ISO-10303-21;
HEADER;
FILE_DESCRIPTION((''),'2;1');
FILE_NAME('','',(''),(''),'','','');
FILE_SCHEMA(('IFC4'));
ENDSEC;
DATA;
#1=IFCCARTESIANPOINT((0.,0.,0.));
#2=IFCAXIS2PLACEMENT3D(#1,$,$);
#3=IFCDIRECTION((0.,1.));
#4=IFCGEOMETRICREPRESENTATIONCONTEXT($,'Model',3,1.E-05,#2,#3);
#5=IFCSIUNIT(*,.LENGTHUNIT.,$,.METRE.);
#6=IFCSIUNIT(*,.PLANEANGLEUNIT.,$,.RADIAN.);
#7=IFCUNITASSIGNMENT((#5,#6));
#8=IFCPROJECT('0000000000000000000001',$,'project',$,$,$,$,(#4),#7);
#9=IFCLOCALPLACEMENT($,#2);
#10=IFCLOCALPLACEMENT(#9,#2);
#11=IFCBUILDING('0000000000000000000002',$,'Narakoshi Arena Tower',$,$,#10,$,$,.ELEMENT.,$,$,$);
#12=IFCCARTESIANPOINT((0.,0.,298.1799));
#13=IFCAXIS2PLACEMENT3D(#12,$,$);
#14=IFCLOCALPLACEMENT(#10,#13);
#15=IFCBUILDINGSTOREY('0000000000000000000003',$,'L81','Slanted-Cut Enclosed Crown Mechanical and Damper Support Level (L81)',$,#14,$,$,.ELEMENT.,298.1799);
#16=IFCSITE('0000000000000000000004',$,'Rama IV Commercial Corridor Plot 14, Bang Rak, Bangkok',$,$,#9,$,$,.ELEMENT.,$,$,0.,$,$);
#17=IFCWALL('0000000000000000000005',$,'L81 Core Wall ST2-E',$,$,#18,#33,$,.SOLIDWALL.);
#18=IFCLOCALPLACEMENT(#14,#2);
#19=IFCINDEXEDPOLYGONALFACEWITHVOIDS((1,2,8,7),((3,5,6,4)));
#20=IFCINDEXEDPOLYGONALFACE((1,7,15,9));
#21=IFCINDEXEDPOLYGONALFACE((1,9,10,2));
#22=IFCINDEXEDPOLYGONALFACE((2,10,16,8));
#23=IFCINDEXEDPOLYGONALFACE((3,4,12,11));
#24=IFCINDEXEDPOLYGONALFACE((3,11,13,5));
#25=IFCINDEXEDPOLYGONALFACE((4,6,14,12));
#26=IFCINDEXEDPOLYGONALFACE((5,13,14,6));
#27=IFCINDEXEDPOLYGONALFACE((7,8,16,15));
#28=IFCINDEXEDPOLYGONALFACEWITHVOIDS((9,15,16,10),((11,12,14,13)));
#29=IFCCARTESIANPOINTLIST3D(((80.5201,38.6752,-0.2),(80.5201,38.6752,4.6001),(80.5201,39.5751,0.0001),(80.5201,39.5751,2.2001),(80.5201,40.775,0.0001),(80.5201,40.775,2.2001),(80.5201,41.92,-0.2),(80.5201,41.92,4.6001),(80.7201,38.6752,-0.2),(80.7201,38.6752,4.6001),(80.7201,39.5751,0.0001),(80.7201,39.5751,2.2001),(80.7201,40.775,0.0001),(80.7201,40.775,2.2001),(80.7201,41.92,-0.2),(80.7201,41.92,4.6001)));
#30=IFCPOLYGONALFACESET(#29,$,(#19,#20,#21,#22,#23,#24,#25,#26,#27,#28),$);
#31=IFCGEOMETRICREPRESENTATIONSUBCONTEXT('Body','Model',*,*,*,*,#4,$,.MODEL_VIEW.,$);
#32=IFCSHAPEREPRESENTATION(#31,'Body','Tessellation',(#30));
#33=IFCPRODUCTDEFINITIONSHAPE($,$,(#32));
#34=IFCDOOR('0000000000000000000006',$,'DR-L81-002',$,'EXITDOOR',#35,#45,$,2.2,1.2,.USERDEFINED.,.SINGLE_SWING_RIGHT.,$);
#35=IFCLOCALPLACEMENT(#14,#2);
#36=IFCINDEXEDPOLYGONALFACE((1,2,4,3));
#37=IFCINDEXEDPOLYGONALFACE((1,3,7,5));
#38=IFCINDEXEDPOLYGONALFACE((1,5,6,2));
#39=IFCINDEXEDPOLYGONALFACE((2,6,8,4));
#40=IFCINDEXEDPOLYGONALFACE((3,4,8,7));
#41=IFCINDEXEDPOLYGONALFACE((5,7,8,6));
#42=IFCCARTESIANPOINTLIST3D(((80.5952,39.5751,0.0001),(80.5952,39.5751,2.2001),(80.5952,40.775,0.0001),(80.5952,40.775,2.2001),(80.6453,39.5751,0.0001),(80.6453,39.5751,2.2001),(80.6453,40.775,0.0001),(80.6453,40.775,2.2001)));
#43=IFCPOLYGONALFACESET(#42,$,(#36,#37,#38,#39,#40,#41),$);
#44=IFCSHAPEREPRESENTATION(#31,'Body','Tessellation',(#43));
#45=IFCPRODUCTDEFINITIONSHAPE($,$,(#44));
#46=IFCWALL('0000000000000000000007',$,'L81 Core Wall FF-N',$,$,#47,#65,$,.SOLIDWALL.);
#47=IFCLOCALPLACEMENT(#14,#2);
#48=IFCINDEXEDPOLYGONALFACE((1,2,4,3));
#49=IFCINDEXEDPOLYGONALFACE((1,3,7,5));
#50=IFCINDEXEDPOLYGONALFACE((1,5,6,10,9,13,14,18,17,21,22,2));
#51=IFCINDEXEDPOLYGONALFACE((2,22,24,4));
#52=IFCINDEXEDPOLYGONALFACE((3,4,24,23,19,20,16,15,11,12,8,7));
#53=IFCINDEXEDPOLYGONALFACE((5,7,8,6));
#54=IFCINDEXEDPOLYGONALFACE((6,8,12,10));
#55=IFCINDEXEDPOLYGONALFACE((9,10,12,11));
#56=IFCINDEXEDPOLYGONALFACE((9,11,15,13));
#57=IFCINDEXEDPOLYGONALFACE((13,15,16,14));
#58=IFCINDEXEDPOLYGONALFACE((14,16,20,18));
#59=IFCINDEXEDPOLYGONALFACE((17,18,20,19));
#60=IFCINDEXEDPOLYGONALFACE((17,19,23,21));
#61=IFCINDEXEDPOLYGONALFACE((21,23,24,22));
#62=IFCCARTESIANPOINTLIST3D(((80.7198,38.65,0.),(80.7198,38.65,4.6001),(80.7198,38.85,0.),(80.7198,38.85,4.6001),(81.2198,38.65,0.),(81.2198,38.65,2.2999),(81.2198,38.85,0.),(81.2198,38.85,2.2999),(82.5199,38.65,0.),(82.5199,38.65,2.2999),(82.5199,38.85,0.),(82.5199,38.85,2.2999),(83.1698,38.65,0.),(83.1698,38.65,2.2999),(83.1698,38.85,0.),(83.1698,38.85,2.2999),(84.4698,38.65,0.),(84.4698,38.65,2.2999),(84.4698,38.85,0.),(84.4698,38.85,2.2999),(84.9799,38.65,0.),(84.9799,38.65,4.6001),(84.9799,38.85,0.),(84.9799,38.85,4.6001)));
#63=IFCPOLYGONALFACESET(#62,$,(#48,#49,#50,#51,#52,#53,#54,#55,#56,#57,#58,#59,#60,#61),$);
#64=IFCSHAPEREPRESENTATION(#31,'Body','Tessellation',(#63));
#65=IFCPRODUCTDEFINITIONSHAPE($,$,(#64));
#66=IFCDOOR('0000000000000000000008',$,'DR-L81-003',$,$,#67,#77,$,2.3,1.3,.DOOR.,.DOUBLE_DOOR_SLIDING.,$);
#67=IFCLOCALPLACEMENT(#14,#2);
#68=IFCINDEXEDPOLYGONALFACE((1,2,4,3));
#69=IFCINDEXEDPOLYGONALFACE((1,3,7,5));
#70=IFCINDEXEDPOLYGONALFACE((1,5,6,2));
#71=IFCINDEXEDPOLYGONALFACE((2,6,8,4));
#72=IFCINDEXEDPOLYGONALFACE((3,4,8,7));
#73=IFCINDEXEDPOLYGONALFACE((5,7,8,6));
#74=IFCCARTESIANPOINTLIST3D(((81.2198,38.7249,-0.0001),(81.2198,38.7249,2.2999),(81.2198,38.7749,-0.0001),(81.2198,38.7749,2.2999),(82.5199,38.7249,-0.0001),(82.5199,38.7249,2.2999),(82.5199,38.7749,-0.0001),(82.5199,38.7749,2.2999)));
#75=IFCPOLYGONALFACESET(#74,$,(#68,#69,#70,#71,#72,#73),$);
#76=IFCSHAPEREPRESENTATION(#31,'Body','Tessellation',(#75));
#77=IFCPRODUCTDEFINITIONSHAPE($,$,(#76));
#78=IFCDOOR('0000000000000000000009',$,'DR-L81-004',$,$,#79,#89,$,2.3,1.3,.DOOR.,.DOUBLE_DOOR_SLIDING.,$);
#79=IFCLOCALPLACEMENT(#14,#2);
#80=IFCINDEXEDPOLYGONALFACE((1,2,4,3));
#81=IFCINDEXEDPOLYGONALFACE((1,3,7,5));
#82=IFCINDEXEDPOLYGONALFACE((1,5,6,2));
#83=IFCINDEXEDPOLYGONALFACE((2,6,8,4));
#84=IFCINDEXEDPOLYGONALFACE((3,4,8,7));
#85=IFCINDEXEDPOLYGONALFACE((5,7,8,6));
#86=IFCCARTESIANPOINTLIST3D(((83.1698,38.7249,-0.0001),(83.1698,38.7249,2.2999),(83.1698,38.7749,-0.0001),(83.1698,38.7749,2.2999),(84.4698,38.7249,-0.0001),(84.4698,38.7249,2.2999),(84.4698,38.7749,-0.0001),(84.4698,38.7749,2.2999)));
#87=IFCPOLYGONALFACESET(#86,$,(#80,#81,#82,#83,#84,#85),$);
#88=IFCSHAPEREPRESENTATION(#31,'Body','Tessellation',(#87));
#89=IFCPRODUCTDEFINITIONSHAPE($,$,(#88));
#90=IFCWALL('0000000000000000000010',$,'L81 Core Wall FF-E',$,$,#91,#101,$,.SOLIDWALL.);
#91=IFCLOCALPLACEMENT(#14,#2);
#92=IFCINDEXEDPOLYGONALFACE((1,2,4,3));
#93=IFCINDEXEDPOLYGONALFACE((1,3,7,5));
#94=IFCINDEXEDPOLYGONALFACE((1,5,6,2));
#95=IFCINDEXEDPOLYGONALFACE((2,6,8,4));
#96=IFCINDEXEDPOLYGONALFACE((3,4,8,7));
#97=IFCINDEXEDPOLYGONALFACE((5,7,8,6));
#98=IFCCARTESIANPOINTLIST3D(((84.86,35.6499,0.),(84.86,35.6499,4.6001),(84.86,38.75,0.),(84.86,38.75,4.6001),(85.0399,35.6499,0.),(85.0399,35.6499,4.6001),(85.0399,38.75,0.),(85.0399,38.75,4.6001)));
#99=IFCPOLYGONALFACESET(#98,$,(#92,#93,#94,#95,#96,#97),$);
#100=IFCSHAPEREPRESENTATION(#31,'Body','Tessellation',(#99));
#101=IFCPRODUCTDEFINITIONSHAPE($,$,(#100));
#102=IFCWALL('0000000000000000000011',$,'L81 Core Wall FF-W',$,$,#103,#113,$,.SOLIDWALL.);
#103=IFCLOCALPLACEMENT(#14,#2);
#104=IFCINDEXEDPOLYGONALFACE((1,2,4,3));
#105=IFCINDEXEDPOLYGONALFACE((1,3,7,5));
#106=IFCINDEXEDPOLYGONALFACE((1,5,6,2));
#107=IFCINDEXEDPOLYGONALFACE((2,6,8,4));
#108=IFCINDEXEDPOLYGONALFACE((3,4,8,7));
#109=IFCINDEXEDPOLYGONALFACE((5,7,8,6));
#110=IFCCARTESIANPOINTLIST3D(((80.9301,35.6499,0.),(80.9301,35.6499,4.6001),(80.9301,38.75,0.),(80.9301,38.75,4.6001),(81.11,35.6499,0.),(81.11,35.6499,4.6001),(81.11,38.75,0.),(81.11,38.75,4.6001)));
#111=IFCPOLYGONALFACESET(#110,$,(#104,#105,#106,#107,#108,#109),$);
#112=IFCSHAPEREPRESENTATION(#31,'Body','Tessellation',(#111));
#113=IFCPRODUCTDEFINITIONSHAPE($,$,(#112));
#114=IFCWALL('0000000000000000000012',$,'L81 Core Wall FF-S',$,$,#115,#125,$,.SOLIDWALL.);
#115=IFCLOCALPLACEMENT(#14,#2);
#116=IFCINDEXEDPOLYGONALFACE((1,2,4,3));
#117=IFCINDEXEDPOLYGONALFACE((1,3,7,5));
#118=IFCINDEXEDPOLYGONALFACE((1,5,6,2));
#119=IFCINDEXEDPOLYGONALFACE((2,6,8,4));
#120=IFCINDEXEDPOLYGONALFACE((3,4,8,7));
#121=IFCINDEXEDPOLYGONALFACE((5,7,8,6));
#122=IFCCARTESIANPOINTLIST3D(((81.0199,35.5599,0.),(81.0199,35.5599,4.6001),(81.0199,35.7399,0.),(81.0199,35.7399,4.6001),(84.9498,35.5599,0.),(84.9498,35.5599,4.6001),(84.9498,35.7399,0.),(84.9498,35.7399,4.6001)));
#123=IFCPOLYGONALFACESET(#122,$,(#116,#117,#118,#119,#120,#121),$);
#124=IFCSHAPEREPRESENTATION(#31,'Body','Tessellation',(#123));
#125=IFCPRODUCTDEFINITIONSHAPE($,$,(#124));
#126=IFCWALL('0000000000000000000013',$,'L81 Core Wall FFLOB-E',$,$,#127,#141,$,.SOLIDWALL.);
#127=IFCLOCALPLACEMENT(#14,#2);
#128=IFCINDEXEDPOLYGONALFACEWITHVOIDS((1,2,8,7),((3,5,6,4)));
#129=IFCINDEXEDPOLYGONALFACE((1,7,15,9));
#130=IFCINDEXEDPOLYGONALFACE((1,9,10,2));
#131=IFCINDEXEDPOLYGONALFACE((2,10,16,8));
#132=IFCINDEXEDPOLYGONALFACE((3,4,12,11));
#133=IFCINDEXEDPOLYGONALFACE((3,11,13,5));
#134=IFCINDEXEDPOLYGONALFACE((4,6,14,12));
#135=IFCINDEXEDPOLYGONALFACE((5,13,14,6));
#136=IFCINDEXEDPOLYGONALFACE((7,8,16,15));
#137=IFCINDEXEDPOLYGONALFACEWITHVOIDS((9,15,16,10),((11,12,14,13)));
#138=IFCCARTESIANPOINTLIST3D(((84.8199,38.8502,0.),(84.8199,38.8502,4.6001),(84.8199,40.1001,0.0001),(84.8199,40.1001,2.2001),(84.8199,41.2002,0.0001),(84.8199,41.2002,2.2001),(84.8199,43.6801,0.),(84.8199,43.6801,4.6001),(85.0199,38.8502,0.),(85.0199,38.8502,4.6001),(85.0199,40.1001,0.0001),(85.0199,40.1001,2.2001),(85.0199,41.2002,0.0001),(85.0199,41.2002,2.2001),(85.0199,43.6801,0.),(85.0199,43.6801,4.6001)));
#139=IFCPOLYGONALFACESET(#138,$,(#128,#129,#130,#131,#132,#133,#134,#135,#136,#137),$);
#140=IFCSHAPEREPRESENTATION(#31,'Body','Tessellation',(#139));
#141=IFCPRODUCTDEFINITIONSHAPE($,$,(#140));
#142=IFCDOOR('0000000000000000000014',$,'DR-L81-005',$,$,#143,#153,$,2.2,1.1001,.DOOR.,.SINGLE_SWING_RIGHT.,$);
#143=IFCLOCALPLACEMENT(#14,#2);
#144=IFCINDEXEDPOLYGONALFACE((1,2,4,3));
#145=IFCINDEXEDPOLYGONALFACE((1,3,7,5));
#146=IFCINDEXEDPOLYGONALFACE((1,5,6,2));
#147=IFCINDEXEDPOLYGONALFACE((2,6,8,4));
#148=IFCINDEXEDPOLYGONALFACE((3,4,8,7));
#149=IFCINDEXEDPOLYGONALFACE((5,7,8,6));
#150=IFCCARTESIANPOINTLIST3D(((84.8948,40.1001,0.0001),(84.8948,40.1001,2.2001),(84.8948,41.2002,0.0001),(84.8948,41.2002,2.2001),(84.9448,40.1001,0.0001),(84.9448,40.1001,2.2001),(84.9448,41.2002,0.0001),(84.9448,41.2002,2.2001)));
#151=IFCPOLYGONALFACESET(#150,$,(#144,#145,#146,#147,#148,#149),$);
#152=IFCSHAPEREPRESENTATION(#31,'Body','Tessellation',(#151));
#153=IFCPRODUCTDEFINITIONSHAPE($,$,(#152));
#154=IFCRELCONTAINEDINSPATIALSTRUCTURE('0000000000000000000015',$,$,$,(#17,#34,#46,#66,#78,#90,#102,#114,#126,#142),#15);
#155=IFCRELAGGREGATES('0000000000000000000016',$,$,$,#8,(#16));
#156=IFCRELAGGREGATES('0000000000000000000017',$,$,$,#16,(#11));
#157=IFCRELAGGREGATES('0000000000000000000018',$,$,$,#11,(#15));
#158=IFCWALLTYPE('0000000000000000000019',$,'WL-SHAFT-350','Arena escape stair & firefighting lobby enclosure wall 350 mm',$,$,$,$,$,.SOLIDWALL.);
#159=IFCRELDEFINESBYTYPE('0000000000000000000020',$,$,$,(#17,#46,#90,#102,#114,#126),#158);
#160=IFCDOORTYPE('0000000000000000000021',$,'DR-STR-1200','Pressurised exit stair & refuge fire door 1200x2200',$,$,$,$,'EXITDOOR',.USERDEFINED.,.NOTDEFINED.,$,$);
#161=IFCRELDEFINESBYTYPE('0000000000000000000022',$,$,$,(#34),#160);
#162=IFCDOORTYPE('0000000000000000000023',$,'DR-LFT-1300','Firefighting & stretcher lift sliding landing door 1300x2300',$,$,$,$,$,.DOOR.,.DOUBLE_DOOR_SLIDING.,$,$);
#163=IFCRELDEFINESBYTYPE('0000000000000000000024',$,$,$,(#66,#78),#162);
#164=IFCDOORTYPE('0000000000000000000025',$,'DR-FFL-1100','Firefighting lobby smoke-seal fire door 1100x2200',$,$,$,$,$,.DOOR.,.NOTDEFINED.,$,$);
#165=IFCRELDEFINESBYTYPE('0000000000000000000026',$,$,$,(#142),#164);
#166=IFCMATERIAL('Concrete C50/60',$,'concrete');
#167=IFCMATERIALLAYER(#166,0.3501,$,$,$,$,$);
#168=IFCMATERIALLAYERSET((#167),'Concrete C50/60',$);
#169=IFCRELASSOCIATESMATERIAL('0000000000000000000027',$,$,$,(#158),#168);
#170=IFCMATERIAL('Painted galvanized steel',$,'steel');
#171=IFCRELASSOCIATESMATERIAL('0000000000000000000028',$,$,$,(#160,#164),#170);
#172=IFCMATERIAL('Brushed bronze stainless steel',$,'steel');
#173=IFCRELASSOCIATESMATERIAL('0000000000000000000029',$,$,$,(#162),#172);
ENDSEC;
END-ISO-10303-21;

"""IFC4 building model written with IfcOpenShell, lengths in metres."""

from ifc_helpers import new_model, si_unit, direction, frame, frame_2d, origin, place, context, subcontext, project, spatial, rectangle, extrude, material, layer, layer_set, type_object, element, fill, save


model = new_model("IFC4")

# Units and contexts
model_context = context("Model", 3, precision=1e-05, world=origin(), true_north=direction((0.0, 1.0)))
body_context = subcontext(model_context, "Body", "Model", "MODEL_VIEW")
ifc_project = project(units=[si_unit("LENGTHUNIT", "METRE"), si_unit("PLANEANGLEUNIT", "RADIAN")], contexts=[model_context])

# Site, building, storey
site_placement = place(None, origin())
site = spatial("IfcSite", under=ifc_project, at=site_placement, Name="Rama IV Commercial Corridor Plot 14, Bang Rak, Bangkok", CompositionType="ELEMENT", RefElevation=0.0)
building_placement = place(site_placement, origin())
building = spatial("IfcBuilding", under=site, at=building_placement, Name="Narakoshi Arena Tower", CompositionType="ELEMENT")
storey_placement = place(building_placement, frame((0.0, 0.0, 298.1799)))
storey = spatial("IfcBuildingStorey", under=building, at=storey_placement, Name="L81", Description="Slanted-Cut Enclosed Crown Mechanical and Damper Support Level (L81)", CompositionType="ELEMENT", Elevation=298.1799)

# Shared definitions
ifc_material_1 = material(Name="Concrete C50/60", Category="concrete")

# Shared definitions
ifc_material_2 = material(Name="Painted galvanized steel", Category="steel")

# Shared definitions
ifc_layer_1 = layer(ifc_material_1, 0.3501)
ifc_layer_set_1 = layer_set([ifc_layer_1], Name="Concrete C50/60")
wall_type_1 = type_object("IfcWallType", Name="WL-SHAFT-350", Description="Arena escape stair & firefighting lobby enclosure wall 350 mm", PredefinedType="SOLIDWALL", material=ifc_layer_set_1)

# Wall, opening, door
wall_1_placement = place(storey_placement, frame((80.6201, 38.675, -0.2), z_axis=(0.0, 0.0, 1.0), x_axis=(0.0, 1.0, 0.0)))
wall_1 = element("IfcWall", 1, at=wall_1_placement, inside=storey, type_object=wall_type_1, Name="L81 Core Wall ST2-E", PredefinedType="SOLIDWALL", context=body_context, shape_type="SweptSolid", body=[
    extrude(rectangle(XDim=3.2449, YDim=0.2, at=frame_2d((1.6226, 0.0))), origin(), (0.0, 0.0, 1.0), 4.8),
])
opening_1_placement = place(wall_1_placement, frame((0.8999, 0.0, 0.2)))
opening_1 = element("IfcOpeningElement", 2, at=opening_1_placement, cuts=wall_1, PredefinedType="OPENING", context=body_context, shape_type="SweptSolid", body=[
    extrude(rectangle(XDim=1.2, YDim=2.2, at=frame_2d((0.6001, 1.1001))), frame((0.0, 0.1099, 0.0), z_axis=(0.0, -1.0, 0.0), x_axis=(1.0, 0.0, 0.0)), (0.0, 0.0, 1.0), 0.22),
])
door_type_1 = type_object("IfcDoorType", Name="DR-STR-1200", Description="Pressurised exit stair & refuge fire door 1200x2200", ElementType="EXITDOOR", OperationType="NOTDEFINED", PredefinedType="USERDEFINED", material=ifc_material_2)
door_1_placement = place(opening_1_placement, origin())
door_1 = element("IfcDoor", 3, at=door_1_placement, inside=storey, type_object=door_type_1, Name="DR-L81-002", ObjectType="EXITDOOR", OperationType="SINGLE_SWING_RIGHT", OverallHeight=2.2, OverallWidth=1.2, PredefinedType="USERDEFINED", context=body_context, shape_type="SweptSolid", body=[
    extrude(rectangle(XDim=1.2, YDim=2.2, at=frame_2d((0.6001, 1.1001))), frame((0.0, 0.0249, 0.0), z_axis=(0.0, -1.0, 0.0), x_axis=(1.0, 0.0, 0.0)), (0.0, 0.0, 1.0), 0.05),
])
fill(opening_1, door_1)

# Wall, openings, doors
wall_2_placement = place(storey_placement, frame((80.72, 38.75, 0.0), z_axis=(0.0, 0.0, 1.0), x_axis=(1.0, 0.0, 0.0)))
wall_2 = element("IfcWall", 4, at=wall_2_placement, inside=storey, type_object=wall_type_1, Name="L81 Core Wall FF-N", PredefinedType="SOLIDWALL", context=body_context, shape_type="SweptSolid", body=[
    extrude(rectangle(XDim=4.26, YDim=0.2, at=frame_2d((2.1299, 0.0))), origin(), (0.0, 0.0, 1.0), 4.6001),
])
opening_2_placement = place(wall_2_placement, frame((0.5, 0.0, 0.0)))
opening_2 = element("IfcOpeningElement", 5, at=opening_2_placement, cuts=wall_2, PredefinedType="OPENING", context=body_context, shape_type="SweptSolid", body=[
    extrude(rectangle(XDim=1.3, YDim=2.3, at=frame_2d((0.6499, 1.1499))), frame((0.0, 0.1099, 0.0), z_axis=(0.0, -1.0, 0.0), x_axis=(1.0, 0.0, 0.0)), (0.0, 0.0, 1.0), 0.22),
])
opening_3_placement = place(wall_2_placement, frame((2.45, 0.0, 0.0)))
opening_3 = element("IfcOpeningElement", 6, at=opening_3_placement, cuts=wall_2, PredefinedType="OPENING", context=body_context, shape_type="SweptSolid", body=[
    extrude(rectangle(XDim=1.3, YDim=2.3, at=frame_2d((0.6499, 1.1499))), frame((0.0, 0.1099, 0.0), z_axis=(0.0, -1.0, 0.0), x_axis=(1.0, 0.0, 0.0)), (0.0, 0.0, 1.0), 0.22),
])
ifc_material_3 = material(Name="Brushed bronze stainless steel", Category="steel")
door_type_2 = type_object("IfcDoorType", Name="DR-LFT-1300", Description="Firefighting & stretcher lift sliding landing door 1300x2300", OperationType="DOUBLE_DOOR_SLIDING", PredefinedType="DOOR", material=ifc_material_3)
door_2_placement = place(opening_2_placement, origin())
door_2 = element("IfcDoor", 7, at=door_2_placement, inside=storey, type_object=door_type_2, Name="DR-L81-003", OperationType="DOUBLE_DOOR_SLIDING", OverallHeight=2.3, OverallWidth=1.3, PredefinedType="DOOR", context=body_context, shape_type="SweptSolid", body=[
    extrude(rectangle(XDim=1.3, YDim=2.3, at=frame_2d((0.6499, 1.1499))), frame((0.0, 0.0249, 0.0), z_axis=(0.0, -1.0, 0.0), x_axis=(1.0, 0.0, 0.0)), (0.0, 0.0, 1.0), 0.05),
])
fill(opening_2, door_2)
door_3_placement = place(opening_3_placement, origin())
door_3 = element("IfcDoor", 8, at=door_3_placement, inside=storey, type_object=door_type_2, Name="DR-L81-004", OperationType="DOUBLE_DOOR_SLIDING", OverallHeight=2.3, OverallWidth=1.3, PredefinedType="DOOR", context=body_context, shape_type="SweptSolid", body=[
    extrude(rectangle(XDim=1.3, YDim=2.3, at=frame_2d((0.6499, 1.1499))), frame((0.0, 0.0249, 0.0), z_axis=(0.0, -1.0, 0.0), x_axis=(1.0, 0.0, 0.0)), (0.0, 0.0, 1.0), 0.05),
])
fill(opening_3, door_3)

# Walls
for number, where, z_axis, x_axis, name in (
    (9, (84.95, 35.6499, 0.0), (0.0, 0.0, 1.0), (0.0, 1.0, 0.0), "L81 Core Wall FF-E"),
    (10, (81.02, 35.6499, 0.0), (0.0, 0.0, 1.0), (0.0, 1.0, 0.0), "L81 Core Wall FF-W"),
):
    element("IfcWall", number, at=place(storey_placement, frame(where, z_axis=z_axis, x_axis=x_axis)), inside=storey, type_object=wall_type_1, Name=name, PredefinedType="SOLIDWALL", context=body_context, shape_type="SweptSolid", body=[
        extrude(rectangle(XDim=3.1001, YDim=0.1799, at=frame_2d((1.55, 0.0))), origin(), (0.0, 0.0, 1.0), 4.6001),
    ])
wall_3_placement = place(storey_placement, frame((81.02, 35.6499, 0.0), z_axis=(0.0, 0.0, 1.0), x_axis=(1.0, 0.0, 0.0)))
element("IfcWall", 11, at=wall_3_placement, inside=storey, type_object=wall_type_1, Name="L81 Core Wall FF-S", PredefinedType="SOLIDWALL", context=body_context, shape_type="SweptSolid", body=[
    extrude(rectangle(XDim=3.9299, YDim=0.1799, at=frame_2d((1.9648, 0.0))), origin(), (0.0, 0.0, 1.0), 4.6001),
])

# Wall, opening, door
wall_4_placement = place(storey_placement, frame((84.9199, 38.8501, 0.0), z_axis=(0.0, 0.0, 1.0), x_axis=(0.0, 1.0, 0.0)))
wall_4 = element("IfcWall", 12, at=wall_4_placement, inside=storey, type_object=wall_type_1, Name="L81 Core Wall FFLOB-E", PredefinedType="SOLIDWALL", context=body_context, shape_type="SweptSolid", body=[
    extrude(rectangle(XDim=4.8298, YDim=0.2, at=frame_2d((2.415, 0.0))), origin(), (0.0, 0.0, 1.0), 4.6001),
])
opening_4_placement = place(wall_4_placement, frame((1.25, 0.0, 0.0)))
opening_4 = element("IfcOpeningElement", 13, at=opening_4_placement, cuts=wall_4, PredefinedType="OPENING", context=body_context, shape_type="SweptSolid", body=[
    extrude(rectangle(XDim=1.1001, YDim=2.2, at=frame_2d((0.55, 1.1001))), frame((0.0, 0.1099, 0.0), z_axis=(0.0, -1.0, 0.0), x_axis=(1.0, 0.0, 0.0)), (0.0, 0.0, 1.0), 0.22),
])
door_type_3 = type_object("IfcDoorType", Name="DR-FFL-1100", Description="Firefighting lobby smoke-seal fire door 1100x2200", OperationType="NOTDEFINED", PredefinedType="DOOR", material=ifc_material_2)
door_4_placement = place(opening_4_placement, frame((1.1001, 0.0, 0.0), z_axis=(0.0, 0.0, 1.0), x_axis=(-1.0, 0.0, 0.0)))
door_4 = element("IfcDoor", 14, at=door_4_placement, inside=storey, type_object=door_type_3, Name="DR-L81-005", OperationType="SINGLE_SWING_RIGHT", OverallHeight=2.2, OverallWidth=1.1001, PredefinedType="DOOR", context=body_context, shape_type="SweptSolid", body=[
    extrude(rectangle(XDim=1.1001, YDim=2.2, at=frame_2d((0.55, 1.1001))), frame((0.0, 0.0249, 0.0), z_axis=(0.0, -1.0, 0.0), x_axis=(1.0, 0.0, 0.0)), (0.0, 0.0, 1.0), 0.05),
])
fill(opening_4, door_4)

save(model, "model.ifc")
